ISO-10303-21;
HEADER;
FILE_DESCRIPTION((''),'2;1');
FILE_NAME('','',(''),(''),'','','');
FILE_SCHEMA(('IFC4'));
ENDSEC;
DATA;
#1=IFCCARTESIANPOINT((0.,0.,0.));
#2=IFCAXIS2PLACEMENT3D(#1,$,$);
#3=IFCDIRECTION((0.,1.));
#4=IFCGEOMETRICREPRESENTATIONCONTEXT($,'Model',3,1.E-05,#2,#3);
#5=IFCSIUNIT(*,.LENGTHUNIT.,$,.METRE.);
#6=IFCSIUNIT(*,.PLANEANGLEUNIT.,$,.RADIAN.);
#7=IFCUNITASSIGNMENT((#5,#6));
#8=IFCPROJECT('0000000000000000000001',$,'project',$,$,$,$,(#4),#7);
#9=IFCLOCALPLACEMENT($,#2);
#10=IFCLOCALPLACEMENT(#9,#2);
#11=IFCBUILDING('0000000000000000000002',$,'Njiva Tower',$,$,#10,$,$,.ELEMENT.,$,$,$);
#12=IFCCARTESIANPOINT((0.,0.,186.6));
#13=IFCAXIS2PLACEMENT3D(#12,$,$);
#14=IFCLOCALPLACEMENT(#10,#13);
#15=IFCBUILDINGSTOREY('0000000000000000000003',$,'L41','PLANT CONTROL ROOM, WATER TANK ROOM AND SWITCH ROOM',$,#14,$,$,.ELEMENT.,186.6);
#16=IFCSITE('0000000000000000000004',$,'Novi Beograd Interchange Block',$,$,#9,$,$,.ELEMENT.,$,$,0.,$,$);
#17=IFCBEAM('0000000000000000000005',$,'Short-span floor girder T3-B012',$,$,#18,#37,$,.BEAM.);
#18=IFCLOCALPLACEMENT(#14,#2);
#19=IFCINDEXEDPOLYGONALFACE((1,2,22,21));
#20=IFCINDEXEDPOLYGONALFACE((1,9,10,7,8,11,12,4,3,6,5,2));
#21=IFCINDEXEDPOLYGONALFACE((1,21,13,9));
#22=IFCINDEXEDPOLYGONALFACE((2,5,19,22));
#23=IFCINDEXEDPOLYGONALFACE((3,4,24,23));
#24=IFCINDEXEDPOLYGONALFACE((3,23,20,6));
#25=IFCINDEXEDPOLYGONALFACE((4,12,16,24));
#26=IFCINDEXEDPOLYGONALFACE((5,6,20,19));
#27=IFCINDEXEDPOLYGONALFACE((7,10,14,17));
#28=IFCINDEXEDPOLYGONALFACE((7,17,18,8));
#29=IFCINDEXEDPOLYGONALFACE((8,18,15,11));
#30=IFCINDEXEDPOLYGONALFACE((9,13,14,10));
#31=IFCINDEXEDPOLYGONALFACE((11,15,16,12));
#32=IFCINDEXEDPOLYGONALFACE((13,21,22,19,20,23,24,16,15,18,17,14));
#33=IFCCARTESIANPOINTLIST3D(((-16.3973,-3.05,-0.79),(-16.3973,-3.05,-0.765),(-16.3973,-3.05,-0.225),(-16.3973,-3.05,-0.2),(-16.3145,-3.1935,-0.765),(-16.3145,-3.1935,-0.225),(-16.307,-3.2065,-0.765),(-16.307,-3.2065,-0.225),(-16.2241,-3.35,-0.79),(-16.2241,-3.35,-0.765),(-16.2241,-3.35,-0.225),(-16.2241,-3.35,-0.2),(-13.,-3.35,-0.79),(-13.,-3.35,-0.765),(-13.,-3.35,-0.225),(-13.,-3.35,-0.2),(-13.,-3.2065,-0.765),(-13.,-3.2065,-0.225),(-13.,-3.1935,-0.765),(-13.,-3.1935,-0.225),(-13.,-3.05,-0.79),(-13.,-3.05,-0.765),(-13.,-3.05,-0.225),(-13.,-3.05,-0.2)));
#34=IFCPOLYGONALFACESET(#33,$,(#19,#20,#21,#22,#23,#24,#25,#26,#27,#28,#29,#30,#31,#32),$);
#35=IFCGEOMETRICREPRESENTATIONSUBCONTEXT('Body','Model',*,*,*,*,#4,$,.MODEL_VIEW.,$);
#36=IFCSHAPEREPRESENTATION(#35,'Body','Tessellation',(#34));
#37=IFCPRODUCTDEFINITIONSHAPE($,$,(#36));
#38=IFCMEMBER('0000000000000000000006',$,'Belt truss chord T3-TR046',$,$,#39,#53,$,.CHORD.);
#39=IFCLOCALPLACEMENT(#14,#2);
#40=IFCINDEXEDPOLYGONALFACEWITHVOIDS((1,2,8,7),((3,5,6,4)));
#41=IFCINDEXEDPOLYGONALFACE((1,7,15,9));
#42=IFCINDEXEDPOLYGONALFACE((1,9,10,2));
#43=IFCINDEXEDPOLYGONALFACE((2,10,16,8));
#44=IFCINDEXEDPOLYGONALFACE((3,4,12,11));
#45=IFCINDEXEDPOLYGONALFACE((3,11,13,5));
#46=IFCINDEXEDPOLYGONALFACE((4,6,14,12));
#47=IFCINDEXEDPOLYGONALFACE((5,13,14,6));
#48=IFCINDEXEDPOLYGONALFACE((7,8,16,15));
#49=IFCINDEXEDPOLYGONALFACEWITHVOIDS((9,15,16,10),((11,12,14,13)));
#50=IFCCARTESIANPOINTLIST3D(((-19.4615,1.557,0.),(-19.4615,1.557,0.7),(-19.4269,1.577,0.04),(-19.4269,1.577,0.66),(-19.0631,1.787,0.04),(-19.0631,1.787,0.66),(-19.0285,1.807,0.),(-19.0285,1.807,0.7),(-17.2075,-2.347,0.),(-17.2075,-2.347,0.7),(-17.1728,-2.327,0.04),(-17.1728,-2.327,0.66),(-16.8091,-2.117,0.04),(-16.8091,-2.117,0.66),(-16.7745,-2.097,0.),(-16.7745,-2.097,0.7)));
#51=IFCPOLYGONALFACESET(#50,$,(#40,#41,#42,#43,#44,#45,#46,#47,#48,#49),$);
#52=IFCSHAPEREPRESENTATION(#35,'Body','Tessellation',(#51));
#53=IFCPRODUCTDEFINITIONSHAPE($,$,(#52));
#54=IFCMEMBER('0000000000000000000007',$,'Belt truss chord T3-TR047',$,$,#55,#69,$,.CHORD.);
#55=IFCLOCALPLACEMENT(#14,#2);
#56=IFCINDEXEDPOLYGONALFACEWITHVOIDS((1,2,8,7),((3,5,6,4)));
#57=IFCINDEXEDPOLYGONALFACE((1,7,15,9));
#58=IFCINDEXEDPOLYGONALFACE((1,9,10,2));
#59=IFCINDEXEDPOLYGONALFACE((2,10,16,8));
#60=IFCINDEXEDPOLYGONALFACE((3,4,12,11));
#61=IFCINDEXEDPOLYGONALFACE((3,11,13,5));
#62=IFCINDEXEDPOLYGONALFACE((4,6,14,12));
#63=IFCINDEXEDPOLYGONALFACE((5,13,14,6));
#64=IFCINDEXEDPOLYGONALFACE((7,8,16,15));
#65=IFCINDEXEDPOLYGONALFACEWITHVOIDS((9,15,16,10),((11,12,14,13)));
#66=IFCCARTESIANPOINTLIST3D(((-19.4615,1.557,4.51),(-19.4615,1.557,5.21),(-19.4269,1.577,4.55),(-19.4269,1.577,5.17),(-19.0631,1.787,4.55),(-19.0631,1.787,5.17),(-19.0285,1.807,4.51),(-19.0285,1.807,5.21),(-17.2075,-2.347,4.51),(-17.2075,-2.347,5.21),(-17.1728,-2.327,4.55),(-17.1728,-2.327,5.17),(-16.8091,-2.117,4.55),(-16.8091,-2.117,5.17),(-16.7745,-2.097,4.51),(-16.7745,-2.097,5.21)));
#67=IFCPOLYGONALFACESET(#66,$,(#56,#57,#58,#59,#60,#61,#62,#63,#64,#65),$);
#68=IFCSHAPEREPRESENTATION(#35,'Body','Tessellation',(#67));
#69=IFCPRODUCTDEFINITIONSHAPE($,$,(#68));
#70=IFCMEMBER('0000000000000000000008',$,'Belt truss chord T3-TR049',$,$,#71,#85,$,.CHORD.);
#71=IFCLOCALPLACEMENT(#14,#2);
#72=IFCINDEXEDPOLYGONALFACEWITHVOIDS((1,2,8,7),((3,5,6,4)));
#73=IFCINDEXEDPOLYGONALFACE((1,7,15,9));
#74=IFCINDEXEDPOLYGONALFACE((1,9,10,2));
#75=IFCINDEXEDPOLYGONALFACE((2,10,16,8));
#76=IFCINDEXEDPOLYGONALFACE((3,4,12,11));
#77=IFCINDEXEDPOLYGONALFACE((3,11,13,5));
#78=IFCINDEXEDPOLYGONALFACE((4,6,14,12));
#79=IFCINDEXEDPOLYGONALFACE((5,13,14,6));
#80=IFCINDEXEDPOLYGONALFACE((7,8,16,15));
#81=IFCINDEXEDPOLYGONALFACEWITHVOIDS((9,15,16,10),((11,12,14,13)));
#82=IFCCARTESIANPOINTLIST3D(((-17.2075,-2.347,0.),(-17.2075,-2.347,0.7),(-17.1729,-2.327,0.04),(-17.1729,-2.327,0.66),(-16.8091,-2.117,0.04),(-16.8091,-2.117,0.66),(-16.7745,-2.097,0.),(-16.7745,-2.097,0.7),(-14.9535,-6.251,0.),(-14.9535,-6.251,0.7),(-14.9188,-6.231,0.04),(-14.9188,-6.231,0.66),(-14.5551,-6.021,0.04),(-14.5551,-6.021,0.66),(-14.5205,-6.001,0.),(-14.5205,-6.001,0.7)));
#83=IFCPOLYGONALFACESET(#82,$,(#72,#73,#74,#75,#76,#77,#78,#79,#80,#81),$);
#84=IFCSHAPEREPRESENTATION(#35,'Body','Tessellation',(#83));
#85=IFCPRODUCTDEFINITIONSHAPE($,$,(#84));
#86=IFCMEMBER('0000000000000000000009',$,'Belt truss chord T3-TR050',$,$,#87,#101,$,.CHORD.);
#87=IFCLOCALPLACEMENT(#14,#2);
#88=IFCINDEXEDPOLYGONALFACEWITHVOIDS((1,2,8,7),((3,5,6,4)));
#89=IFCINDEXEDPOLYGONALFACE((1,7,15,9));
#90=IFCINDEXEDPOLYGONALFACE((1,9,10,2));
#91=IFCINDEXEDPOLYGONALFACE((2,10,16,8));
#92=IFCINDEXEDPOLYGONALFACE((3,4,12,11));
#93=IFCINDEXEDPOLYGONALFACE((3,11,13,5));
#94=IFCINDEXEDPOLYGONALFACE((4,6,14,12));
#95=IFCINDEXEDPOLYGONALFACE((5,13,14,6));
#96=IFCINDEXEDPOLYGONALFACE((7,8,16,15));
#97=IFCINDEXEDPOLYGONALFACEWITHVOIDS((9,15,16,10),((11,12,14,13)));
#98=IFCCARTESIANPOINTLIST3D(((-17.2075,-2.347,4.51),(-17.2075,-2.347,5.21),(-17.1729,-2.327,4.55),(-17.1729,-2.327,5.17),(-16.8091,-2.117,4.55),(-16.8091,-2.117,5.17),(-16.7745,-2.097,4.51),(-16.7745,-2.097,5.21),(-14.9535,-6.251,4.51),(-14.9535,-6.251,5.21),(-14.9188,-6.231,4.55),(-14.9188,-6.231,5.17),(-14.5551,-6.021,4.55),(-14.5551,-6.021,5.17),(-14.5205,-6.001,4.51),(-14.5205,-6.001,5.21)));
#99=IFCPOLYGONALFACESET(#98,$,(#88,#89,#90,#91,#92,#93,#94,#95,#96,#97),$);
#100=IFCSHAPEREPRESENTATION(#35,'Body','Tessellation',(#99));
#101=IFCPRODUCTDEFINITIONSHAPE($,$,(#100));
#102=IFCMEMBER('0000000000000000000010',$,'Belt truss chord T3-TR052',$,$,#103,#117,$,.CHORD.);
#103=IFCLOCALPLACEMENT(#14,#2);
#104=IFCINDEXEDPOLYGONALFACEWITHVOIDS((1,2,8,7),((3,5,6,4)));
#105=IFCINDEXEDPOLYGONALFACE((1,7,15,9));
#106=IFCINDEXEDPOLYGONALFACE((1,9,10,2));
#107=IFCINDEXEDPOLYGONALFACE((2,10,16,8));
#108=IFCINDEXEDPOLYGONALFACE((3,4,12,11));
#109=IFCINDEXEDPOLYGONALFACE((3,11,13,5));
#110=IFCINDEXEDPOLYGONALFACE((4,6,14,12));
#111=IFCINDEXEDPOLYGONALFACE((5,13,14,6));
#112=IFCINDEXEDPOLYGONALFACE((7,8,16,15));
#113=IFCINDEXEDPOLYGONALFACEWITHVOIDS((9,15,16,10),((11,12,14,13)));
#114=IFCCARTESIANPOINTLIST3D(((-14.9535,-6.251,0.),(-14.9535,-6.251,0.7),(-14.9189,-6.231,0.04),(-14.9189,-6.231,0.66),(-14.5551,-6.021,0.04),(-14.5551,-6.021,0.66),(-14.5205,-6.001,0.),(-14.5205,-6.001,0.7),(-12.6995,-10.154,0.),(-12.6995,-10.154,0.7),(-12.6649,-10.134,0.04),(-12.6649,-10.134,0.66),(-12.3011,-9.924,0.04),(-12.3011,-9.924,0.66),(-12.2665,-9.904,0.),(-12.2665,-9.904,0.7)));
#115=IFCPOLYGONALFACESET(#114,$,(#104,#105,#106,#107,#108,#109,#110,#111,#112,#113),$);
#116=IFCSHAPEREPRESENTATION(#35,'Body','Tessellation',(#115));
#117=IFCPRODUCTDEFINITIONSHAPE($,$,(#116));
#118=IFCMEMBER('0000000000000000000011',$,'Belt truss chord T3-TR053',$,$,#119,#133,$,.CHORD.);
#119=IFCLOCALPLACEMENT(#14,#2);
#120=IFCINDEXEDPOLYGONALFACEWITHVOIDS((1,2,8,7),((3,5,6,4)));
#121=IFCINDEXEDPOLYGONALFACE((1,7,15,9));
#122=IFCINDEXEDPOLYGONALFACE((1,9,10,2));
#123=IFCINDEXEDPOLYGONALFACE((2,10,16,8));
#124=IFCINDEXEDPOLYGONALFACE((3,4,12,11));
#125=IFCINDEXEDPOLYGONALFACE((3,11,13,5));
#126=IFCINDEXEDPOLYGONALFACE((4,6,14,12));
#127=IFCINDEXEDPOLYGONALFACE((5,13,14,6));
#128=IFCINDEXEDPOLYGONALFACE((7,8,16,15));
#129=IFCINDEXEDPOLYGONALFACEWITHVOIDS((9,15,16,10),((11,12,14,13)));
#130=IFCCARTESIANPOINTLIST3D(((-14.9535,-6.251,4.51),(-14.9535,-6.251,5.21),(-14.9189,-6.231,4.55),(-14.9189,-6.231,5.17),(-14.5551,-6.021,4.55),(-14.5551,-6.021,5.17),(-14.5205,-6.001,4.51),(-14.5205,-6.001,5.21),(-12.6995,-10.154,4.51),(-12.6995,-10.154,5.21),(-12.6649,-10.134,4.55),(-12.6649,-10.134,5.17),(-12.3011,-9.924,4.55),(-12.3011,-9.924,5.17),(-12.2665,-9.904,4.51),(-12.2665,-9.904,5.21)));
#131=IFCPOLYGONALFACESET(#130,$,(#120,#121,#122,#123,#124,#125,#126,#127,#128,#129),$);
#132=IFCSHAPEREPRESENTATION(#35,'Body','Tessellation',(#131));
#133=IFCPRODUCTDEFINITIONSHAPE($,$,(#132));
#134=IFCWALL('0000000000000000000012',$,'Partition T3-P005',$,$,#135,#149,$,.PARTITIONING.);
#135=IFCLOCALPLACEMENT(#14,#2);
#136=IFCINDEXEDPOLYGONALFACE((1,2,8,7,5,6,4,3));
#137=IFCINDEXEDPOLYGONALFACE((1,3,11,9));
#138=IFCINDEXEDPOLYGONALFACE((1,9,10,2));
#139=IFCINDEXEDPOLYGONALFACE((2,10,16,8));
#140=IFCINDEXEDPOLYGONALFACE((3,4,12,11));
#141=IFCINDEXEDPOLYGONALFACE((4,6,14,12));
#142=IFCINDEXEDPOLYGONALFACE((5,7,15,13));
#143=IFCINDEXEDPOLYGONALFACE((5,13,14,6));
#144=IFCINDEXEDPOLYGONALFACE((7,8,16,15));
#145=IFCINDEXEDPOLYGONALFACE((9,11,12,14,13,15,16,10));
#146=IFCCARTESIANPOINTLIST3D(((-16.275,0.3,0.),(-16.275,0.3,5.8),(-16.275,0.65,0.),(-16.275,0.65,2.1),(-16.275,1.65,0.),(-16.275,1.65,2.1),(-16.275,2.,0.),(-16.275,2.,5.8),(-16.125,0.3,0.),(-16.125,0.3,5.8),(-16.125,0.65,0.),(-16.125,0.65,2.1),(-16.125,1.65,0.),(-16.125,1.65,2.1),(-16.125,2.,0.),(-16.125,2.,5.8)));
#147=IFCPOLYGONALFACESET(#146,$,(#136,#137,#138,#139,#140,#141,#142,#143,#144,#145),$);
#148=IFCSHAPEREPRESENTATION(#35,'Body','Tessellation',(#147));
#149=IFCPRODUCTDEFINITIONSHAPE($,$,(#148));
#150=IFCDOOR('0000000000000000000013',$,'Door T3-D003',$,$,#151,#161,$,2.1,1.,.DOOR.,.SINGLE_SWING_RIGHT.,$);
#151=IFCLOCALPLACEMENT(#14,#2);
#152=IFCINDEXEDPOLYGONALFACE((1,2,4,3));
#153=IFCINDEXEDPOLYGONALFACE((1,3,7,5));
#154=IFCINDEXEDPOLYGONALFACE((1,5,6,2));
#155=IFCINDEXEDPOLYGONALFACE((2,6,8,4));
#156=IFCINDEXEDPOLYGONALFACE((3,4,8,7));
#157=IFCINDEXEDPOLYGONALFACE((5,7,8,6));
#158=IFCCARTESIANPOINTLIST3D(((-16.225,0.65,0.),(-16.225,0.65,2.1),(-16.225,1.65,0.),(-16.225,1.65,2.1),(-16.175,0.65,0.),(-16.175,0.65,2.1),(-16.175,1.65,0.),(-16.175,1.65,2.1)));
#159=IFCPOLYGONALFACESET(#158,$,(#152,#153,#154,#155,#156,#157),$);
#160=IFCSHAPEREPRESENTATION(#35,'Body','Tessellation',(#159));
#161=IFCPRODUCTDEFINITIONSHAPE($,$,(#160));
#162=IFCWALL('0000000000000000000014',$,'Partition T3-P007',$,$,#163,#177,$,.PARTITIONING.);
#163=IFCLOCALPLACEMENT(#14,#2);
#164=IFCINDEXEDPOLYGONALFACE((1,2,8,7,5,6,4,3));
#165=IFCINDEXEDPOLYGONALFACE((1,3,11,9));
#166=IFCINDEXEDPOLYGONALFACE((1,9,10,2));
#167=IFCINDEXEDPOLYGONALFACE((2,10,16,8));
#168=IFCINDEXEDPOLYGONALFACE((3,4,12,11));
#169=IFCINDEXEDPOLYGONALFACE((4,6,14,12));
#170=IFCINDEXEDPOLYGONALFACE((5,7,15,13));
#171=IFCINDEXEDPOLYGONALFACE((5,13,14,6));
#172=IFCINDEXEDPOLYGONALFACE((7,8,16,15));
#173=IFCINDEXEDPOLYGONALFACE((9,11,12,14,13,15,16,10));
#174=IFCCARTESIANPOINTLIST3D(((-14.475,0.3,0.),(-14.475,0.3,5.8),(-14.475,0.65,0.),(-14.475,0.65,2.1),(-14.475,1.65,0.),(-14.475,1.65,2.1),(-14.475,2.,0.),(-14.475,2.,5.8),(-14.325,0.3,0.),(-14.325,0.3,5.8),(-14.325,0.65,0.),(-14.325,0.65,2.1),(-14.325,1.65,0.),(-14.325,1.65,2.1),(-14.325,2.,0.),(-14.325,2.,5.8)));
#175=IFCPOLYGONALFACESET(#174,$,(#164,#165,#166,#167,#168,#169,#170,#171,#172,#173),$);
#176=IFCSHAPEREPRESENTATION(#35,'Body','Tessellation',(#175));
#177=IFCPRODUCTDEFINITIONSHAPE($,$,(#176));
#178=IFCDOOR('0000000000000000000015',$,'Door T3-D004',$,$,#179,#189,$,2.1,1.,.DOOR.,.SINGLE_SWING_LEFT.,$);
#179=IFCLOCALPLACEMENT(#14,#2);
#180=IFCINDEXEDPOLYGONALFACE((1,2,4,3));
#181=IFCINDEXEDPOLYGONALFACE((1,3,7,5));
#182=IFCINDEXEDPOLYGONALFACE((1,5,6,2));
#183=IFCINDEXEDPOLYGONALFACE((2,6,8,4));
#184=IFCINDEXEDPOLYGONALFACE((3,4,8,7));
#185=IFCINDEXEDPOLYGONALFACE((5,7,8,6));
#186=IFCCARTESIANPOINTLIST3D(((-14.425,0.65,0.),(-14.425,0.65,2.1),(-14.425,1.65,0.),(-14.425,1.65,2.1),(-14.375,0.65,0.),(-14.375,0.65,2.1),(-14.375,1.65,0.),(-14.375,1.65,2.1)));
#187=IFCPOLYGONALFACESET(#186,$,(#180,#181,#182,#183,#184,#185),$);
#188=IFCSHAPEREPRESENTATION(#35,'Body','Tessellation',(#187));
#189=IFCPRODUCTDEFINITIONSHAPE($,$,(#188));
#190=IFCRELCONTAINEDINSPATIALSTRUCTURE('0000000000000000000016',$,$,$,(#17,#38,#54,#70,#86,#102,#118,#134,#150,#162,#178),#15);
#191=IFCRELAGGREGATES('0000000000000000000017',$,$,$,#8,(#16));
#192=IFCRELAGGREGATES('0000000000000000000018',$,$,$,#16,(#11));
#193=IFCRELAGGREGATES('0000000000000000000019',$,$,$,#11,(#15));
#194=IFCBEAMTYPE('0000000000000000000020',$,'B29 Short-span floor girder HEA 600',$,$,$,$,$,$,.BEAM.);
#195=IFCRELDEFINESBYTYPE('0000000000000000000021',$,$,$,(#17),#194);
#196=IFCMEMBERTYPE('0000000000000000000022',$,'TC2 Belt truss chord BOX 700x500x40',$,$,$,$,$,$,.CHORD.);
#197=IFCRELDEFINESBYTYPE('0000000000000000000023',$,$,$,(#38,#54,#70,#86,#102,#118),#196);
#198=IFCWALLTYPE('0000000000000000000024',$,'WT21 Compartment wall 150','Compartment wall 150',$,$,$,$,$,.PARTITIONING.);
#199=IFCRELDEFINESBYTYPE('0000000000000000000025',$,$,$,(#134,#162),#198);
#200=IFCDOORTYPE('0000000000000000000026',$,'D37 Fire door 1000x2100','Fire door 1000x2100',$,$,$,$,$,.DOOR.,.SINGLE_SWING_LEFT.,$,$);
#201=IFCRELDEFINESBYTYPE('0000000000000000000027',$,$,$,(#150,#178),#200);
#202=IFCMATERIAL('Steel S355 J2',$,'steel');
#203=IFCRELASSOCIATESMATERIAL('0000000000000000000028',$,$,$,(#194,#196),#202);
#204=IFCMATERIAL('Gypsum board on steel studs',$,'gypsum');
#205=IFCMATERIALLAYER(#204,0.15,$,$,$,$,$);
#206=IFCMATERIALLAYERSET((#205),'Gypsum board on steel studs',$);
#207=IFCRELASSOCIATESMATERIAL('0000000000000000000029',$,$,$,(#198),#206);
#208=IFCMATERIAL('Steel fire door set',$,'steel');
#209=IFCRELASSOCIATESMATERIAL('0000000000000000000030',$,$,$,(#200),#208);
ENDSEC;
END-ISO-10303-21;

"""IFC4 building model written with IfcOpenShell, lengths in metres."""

from ifc_helpers import new_model, si_unit, direction, frame, frame_2d, origin, origin_2d, place, context, subcontext, project, spatial, rectangle, hollow_rectangle, i_section, extrude, clip, halfspace, material, layer, layer_set, material_profile, profile_set, type_object, element, fill, save


model = new_model("IFC4")

# Units and contexts
model_context = context("Model", 3, precision=1e-05, world=origin(), true_north=direction((0.0, 1.0)))
body_context = subcontext(model_context, "Body", "Model", "MODEL_VIEW")
ifc_project = project(units=[si_unit("LENGTHUNIT", "METRE"), si_unit("PLANEANGLEUNIT", "RADIAN")], contexts=[model_context])

# Site, building, storey
site_placement = place(None, origin())
site = spatial("IfcSite", under=ifc_project, at=site_placement, Name="Novi Beograd Interchange Block", CompositionType="ELEMENT", RefElevation=0.0)
building_placement = place(site_placement, origin())
building = spatial("IfcBuilding", under=site, at=building_placement, Name="Njiva Tower", CompositionType="ELEMENT")
storey_placement = place(building_placement, frame((0.0, 0.0, 186.6)))
storey = spatial("IfcBuildingStorey", under=building, at=storey_placement, Name="L41", Description="PLANT CONTROL ROOM, WATER TANK ROOM AND SWITCH ROOM", CompositionType="ELEMENT", Elevation=186.6)

# Shared definitions
ifc_material_1 = material(Name="Steel S355 J2", Category="steel")

# Beam
ifc_material_profile_1 = material_profile(ifc_material_1, i_section(OverallWidth=0.3, OverallDepth=0.59, WebThickness=0.013, FlangeThickness=0.025, at=origin_2d()), Name="HEA 600")
ifc_profile_set_1 = profile_set([ifc_material_profile_1], Name="Steel S355 J2")
beam_type_1 = type_object("IfcBeamType", Name="B29 Short-span floor girder HEA 600", PredefinedType="BEAM", material=ifc_profile_set_1)
beam_1_placement = place(storey_placement, frame((-16.418, -3.2, -0.495), z_axis=(1.0, 0.0, 0.0), x_axis=(0.0, 1.0, 0.0)))
element("IfcBeam", 1, at=beam_1_placement, inside=storey, type_object=beam_type_1, Name="Short-span floor girder T3-B012", PredefinedType="BEAM", context=body_context, shape_type="Clipping", body=[
    clip(extrude(i_section(OverallWidth=0.3, OverallDepth=0.59, WebThickness=0.013, FlangeThickness=0.025, at=origin_2d()), origin(), (0.0, 0.0, 1.0), 3.418), halfspace(frame((-0.025, 0.0, 0.1217), z_axis=(-0.499998, 0.0, -0.866027), x_axis=(0.0, -1.0, 0.0)), False)),
])

# Members
ifc_material_profile_2 = material_profile(ifc_material_1, hollow_rectangle(XDim=0.5, YDim=0.7, WallThickness=0.04, at=origin_2d()), Name="BOX 700x500x40")
ifc_profile_set_2 = profile_set([ifc_material_profile_2], Name="Steel S355 J2")
member_type_1 = type_object("IfcMemberType", Name="TC2 Belt truss chord BOX 700x500x40", PredefinedType="CHORD", material=ifc_profile_set_2)
for number, where, z_axis, x_axis, name in (
    (2, (-19.245, 1.682, 0.35), (0.500004, -0.866023, 0.0), (0.866023, 0.500004, 0.0), "Belt truss chord T3-TR046"),
    (3, (-19.245, 1.682, 4.86), (0.500004, -0.866023, 0.0), (0.866023, 0.500004, 0.0), "Belt truss chord T3-TR047"),
    (4, (-16.991, -2.222, 0.35), (0.500004, -0.866023, 0.0), (0.866023, 0.500004, 0.0), "Belt truss chord T3-TR049"),
    (5, (-16.991, -2.222, 4.86), (0.500004, -0.866023, 0.0), (0.866023, 0.500004, 0.0), "Belt truss chord T3-TR050"),
):
    element("IfcMember", number, at=place(storey_placement, frame(where, z_axis=z_axis, x_axis=x_axis)), inside=storey, type_object=member_type_1, Name=name, PredefinedType="CHORD", context=body_context, shape_type="SweptSolid", body=[
        extrude(hollow_rectangle(XDim=0.5, YDim=0.7, WallThickness=0.04, at=origin_2d()), origin(), (0.0, 0.0, 1.0), 4.508),
    ])
for number, where, z_axis, x_axis, name in (
    (6, (-14.737, -6.126, 0.35), (0.5001, -0.865968, 0.0), (0.865968, 0.5001, 0.0), "Belt truss chord T3-TR052"),
    (7, (-14.737, -6.126, 4.86), (0.5001, -0.865968, 0.0), (0.865968, 0.5001, 0.0), "Belt truss chord T3-TR053"),
):
    element("IfcMember", number, at=place(storey_placement, frame(where, z_axis=z_axis, x_axis=x_axis)), inside=storey, type_object=member_type_1, Name=name, PredefinedType="CHORD", context=body_context, shape_type="SweptSolid", body=[
        extrude(hollow_rectangle(XDim=0.5, YDim=0.7, WallThickness=0.04, at=origin_2d()), origin(), (0.0, 0.0, 1.0), 4.5071),
    ])

# Walls, openings, doors
ifc_material_2 = material(Name="Gypsum board on steel studs", Category="gypsum")
ifc_layer_1 = layer(ifc_material_2, 0.15)
ifc_layer_set_1 = layer_set([ifc_layer_1], Name="Gypsum board on steel studs")
wall_type_1 = type_object("IfcWallType", Name="WT21 Compartment wall 150", Description="Compartment wall 150", PredefinedType="PARTITIONING", material=ifc_layer_set_1)
wall_1_placement = place(storey_placement, frame((-16.2, 0.3, 0.0), z_axis=(0.0, 0.0, 1.0), x_axis=(0.0, 1.0, 0.0)))
wall_1 = element("IfcWall", 8, at=wall_1_placement, inside=storey, type_object=wall_type_1, Name="Partition T3-P005", PredefinedType="PARTITIONING", context=body_context, shape_type="SweptSolid", body=[
    extrude(rectangle(XDim=1.7, YDim=0.15, at=frame_2d((0.85, 0.0))), origin(), (0.0, 0.0, 1.0), 5.8),
])
opening_1_placement = place(wall_1_placement, frame((0.35, 0.0, 0.0)))
opening_1 = element("IfcOpeningElement", 9, at=opening_1_placement, cuts=wall_1, PredefinedType="OPENING", context=body_context, shape_type="SweptSolid", body=[
    extrude(rectangle(XDim=1.0, YDim=2.1, at=frame_2d((0.5, 1.05))), frame((0.0, 0.085, 0.0), z_axis=(0.0, -1.0, 0.0), x_axis=(1.0, 0.0, 0.0)), (0.0, 0.0, 1.0), 0.17),
])
ifc_material_3 = material(Name="Steel fire door set", Category="steel")
door_type_1 = type_object("IfcDoorType", Name="D37 Fire door 1000x2100", Description="Fire door 1000x2100", OperationType="SINGLE_SWING_LEFT", PredefinedType="DOOR", material=ifc_material_3)
door_1_placement = place(opening_1_placement, origin())
door_1 = element("IfcDoor", 10, at=door_1_placement, inside=storey, type_object=door_type_1, Name="Door T3-D003", OperationType="SINGLE_SWING_RIGHT", OverallHeight=2.1, OverallWidth=1.0, PredefinedType="DOOR", context=body_context, shape_type="SweptSolid", body=[
    extrude(rectangle(XDim=1.0, YDim=2.1, at=frame_2d((0.5, 1.05))), frame((0.0, 0.025, 0.0), z_axis=(0.0, -1.0, 0.0), x_axis=(1.0, 0.0, 0.0)), (0.0, 0.0, 1.0), 0.05),
])
fill(opening_1, door_1)
wall_2_placement = place(storey_placement, frame((-14.4, 0.3, 0.0), z_axis=(0.0, 0.0, 1.0), x_axis=(0.0, 1.0, 0.0)))
wall_2 = element("IfcWall", 11, at=wall_2_placement, inside=storey, type_object=wall_type_1, Name="Partition T3-P007", PredefinedType="PARTITIONING", context=body_context, shape_type="SweptSolid", body=[
    extrude(rectangle(XDim=1.7, YDim=0.15, at=frame_2d((0.85, 0.0))), origin(), (0.0, 0.0, 1.0), 5.8),
])
opening_2_placement = place(wall_2_placement, frame((0.35, 0.0, 0.0)))
opening_2 = element("IfcOpeningElement", 12, at=opening_2_placement, cuts=wall_2, PredefinedType="OPENING", context=body_context, shape_type="SweptSolid", body=[
    extrude(rectangle(XDim=1.0, YDim=2.1, at=frame_2d((0.5, 1.05))), frame((0.0, 0.085, 0.0), z_axis=(0.0, -1.0, 0.0), x_axis=(1.0, 0.0, 0.0)), (0.0, 0.0, 1.0), 0.17),
])
door_2_placement = place(opening_2_placement, origin())
door_2 = element("IfcDoor", 13, at=door_2_placement, inside=storey, type_object=door_type_1, Name="Door T3-D004", OperationType="SINGLE_SWING_LEFT", OverallHeight=2.1, OverallWidth=1.0, PredefinedType="DOOR", context=body_context, shape_type="SweptSolid", body=[
    extrude(rectangle(XDim=1.0, YDim=2.1, at=frame_2d((0.5, 1.05))), frame((0.0, 0.025, 0.0), z_axis=(0.0, -1.0, 0.0), x_axis=(1.0, 0.0, 0.0)), (0.0, 0.0, 1.0), 0.05),
])
fill(opening_2, door_2)

save(model, "model.ifc")
